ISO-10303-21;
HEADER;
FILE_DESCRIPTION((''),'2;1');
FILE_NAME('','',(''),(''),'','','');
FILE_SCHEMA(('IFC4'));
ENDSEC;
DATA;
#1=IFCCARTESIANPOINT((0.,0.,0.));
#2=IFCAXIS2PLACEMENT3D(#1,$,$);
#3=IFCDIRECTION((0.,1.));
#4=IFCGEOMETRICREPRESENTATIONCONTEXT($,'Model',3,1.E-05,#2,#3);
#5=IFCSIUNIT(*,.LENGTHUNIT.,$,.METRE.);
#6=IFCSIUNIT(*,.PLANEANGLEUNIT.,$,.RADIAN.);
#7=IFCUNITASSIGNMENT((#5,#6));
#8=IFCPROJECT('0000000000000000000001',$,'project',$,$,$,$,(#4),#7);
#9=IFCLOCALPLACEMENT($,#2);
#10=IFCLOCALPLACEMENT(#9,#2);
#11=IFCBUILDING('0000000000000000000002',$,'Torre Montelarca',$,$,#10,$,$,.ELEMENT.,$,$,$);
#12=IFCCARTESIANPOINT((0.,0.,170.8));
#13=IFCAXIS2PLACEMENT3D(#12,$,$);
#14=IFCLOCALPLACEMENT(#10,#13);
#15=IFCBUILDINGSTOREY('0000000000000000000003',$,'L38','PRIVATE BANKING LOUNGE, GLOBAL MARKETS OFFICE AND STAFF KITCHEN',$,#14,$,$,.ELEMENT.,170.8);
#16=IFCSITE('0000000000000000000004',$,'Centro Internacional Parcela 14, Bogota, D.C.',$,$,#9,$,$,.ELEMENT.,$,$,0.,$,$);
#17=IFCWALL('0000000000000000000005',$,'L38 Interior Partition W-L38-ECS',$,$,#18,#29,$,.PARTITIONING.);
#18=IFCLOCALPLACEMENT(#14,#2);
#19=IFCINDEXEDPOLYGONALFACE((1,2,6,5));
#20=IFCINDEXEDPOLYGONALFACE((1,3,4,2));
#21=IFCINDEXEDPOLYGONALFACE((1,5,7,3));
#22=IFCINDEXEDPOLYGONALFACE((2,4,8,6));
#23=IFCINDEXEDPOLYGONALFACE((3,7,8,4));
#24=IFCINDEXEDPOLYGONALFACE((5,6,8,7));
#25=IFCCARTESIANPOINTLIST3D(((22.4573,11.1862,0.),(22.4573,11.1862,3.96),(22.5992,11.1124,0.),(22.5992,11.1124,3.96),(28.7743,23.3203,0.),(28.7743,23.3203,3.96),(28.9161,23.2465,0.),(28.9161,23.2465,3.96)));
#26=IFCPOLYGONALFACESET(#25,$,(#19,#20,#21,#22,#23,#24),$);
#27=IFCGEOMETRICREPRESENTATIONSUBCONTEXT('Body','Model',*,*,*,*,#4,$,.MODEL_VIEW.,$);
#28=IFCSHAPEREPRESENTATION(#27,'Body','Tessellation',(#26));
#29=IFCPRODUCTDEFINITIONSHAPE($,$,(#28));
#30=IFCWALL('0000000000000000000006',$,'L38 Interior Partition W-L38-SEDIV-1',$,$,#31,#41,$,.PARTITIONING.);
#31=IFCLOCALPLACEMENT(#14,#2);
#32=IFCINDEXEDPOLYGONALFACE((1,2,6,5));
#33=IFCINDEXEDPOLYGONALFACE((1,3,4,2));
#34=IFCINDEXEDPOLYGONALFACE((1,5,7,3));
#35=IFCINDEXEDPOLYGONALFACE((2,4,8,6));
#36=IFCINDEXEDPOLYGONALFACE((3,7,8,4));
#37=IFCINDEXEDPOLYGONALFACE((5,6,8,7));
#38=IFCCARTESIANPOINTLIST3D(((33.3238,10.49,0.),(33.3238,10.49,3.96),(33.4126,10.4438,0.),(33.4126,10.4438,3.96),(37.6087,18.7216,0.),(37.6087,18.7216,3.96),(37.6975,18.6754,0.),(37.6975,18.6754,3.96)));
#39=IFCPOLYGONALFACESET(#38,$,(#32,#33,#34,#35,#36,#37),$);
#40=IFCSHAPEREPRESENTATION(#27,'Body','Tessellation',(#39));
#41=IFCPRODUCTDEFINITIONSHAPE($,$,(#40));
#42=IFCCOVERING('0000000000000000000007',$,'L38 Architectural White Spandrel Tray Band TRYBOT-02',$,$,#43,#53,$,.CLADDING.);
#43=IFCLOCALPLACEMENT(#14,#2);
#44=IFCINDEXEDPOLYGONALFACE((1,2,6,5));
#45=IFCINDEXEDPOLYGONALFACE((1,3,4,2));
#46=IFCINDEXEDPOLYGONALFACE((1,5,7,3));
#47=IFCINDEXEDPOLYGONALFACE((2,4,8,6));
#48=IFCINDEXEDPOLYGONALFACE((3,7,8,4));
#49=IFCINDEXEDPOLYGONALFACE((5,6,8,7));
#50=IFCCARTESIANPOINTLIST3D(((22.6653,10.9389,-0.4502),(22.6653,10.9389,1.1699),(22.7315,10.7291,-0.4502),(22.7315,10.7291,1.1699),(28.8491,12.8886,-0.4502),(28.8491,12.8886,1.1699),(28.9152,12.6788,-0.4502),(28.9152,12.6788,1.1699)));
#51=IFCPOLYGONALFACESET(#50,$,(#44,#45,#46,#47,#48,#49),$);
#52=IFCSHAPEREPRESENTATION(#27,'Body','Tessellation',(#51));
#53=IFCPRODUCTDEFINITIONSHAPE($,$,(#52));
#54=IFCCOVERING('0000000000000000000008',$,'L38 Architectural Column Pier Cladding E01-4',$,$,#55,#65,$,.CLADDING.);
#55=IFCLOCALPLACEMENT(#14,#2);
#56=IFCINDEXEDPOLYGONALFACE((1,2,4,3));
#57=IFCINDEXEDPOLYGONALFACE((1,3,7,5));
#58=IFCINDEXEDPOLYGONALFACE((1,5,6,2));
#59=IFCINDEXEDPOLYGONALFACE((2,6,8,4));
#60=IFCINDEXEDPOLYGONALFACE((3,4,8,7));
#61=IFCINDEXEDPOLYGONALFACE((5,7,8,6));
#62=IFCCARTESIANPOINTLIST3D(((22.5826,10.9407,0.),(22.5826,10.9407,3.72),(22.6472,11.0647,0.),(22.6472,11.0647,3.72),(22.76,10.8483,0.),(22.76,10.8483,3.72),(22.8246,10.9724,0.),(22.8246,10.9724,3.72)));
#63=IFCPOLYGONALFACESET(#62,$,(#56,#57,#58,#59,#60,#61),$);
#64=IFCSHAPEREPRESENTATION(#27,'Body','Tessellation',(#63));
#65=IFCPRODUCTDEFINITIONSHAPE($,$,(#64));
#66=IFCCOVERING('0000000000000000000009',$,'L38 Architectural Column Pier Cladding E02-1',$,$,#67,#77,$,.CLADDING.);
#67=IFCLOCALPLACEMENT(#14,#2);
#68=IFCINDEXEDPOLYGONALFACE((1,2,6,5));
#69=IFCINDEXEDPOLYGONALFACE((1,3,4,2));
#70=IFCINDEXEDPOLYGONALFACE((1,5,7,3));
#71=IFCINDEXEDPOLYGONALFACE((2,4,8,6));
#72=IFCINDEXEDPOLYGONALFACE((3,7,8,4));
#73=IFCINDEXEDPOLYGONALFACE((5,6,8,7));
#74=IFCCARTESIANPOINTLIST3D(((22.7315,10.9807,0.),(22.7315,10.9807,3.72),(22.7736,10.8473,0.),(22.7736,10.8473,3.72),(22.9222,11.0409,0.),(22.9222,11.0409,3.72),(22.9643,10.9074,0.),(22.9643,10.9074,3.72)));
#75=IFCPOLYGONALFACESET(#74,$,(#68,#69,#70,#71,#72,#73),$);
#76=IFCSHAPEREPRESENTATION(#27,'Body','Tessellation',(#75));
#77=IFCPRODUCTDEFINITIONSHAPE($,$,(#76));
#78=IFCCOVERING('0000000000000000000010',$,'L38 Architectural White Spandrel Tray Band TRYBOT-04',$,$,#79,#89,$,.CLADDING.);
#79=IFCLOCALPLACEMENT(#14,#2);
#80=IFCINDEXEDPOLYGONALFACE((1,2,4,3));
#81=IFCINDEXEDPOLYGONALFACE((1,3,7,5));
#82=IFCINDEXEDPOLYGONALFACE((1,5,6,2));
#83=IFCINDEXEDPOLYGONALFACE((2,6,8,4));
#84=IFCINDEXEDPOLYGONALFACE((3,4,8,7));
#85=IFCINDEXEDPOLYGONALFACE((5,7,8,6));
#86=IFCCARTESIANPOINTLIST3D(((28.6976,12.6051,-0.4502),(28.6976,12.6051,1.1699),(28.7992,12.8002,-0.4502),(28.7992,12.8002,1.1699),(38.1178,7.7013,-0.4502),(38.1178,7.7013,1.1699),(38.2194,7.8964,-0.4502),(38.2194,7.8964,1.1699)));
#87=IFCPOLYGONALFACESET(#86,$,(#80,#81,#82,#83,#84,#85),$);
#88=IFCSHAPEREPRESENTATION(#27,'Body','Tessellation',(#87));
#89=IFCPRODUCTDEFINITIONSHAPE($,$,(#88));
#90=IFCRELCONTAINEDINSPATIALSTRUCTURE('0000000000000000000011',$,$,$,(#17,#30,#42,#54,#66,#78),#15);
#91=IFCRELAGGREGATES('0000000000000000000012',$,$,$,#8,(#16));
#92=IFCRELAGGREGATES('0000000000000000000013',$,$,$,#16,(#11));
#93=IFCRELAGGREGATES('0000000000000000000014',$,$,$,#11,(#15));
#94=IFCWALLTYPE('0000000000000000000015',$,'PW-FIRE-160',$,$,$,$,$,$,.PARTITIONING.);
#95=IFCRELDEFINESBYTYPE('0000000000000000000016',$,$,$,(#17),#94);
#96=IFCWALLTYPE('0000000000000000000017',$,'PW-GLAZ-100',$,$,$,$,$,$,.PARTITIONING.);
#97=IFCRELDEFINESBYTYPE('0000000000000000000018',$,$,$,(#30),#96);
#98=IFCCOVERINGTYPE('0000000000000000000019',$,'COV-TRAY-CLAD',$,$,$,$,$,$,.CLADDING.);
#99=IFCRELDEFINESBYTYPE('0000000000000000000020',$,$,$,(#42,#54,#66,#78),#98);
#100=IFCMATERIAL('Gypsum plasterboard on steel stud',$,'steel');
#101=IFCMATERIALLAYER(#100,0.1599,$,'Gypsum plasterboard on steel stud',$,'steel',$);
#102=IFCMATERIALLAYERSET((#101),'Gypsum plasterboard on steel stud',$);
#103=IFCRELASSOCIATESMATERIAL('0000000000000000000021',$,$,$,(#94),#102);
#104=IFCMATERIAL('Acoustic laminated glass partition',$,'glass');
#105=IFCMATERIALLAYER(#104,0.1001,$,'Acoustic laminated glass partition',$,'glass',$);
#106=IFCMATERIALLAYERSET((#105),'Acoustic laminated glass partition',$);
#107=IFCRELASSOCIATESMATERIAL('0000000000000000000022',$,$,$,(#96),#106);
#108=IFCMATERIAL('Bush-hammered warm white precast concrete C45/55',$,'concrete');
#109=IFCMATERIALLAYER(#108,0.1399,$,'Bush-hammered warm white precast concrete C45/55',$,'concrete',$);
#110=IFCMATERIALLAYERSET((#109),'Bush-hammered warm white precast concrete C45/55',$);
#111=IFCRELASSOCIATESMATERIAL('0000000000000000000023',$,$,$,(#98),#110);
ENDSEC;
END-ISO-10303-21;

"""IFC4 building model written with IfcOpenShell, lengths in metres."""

from ifc_helpers import new_model, si_unit, direction, frame, frame_2d, origin, origin_2d, place, context, subcontext, project, spatial, rectangle, extrude, source, transform, mapped, material, layer, layer_set, type_object, element, save


model = new_model("IFC4")

# Units and contexts
model_context = context("Model", 3, precision=1e-05, world=origin(), true_north=direction((0.0, 1.0)))
body_context = subcontext(model_context, "Body", "Model", "MODEL_VIEW")
ifc_project = project(units=[si_unit("LENGTHUNIT", "METRE"), si_unit("PLANEANGLEUNIT", "RADIAN")], contexts=[model_context])

# Site, building, storey
site_placement = place(None, origin())
site = spatial("IfcSite", under=ifc_project, at=site_placement, Name="Centro Internacional Parcela 14, Bogota, D.C.", CompositionType="ELEMENT", RefElevation=0.0)
building_placement = place(site_placement, origin())
building = spatial("IfcBuilding", under=site, at=building_placement, Name="Torre Montelarca", CompositionType="ELEMENT")
storey_placement = place(building_placement, frame((0.0, 0.0, 170.8)))
storey = spatial("IfcBuildingStorey", under=building, at=storey_placement, Name="L38", Description="PRIVATE BANKING LOUNGE, GLOBAL MARKETS OFFICE AND STAFF KITCHEN", CompositionType="ELEMENT", Elevation=170.8)

# Walls
ifc_material_1 = material(Name="Gypsum plasterboard on steel stud", Category="steel")
ifc_layer_1 = layer(ifc_material_1, 0.1599, Name="Gypsum plasterboard on steel stud", Category="steel")
ifc_layer_set_1 = layer_set([ifc_layer_1], Name="Gypsum plasterboard on steel stud")
wall_type_1 = type_object("IfcWallType", Name="PW-FIRE-160", PredefinedType="PARTITIONING", material=ifc_layer_set_1)
wall_1_placement = place(storey_placement, frame((22.5283, 11.1494, 0.0), z_axis=(0.0, 0.0, 1.0), x_axis=(0.461767, 0.887001, 0.0)))
element("IfcWall", 1, at=wall_1_placement, inside=storey, type_object=wall_type_1, Name="L38 Interior Partition W-L38-ECS", PredefinedType="PARTITIONING", context=body_context, shape_type="SweptSolid", body=[
    extrude(rectangle(XDim=13.6799, YDim=0.1599, at=frame_2d((6.8398, 0.0))), origin(), (0.0, 0.0, 1.0), 3.96),
])
ifc_material_2 = material(Name="Acoustic laminated glass partition", Category="glass")
ifc_layer_2 = layer(ifc_material_2, 0.1001, Name="Acoustic laminated glass partition", Category="glass")
ifc_layer_set_2 = layer_set([ifc_layer_2], Name="Acoustic laminated glass partition")
wall_type_2 = type_object("IfcWallType", Name="PW-GLAZ-100", PredefinedType="PARTITIONING", material=ifc_layer_set_2)
wall_2_placement = place(storey_placement, frame((33.3682, 10.4668, 0.0), z_axis=(0.0, 0.0, 1.0), x_axis=(0.461729, 0.887021, 0.0)))
element("IfcWall", 2, at=wall_2_placement, inside=storey, type_object=wall_type_2, Name="L38 Interior Partition W-L38-SEDIV-1", PredefinedType="PARTITIONING", context=body_context, shape_type="SweptSolid", body=[
    extrude(rectangle(XDim=9.28, YDim=0.1001, at=frame_2d((4.6401, 0.0))), origin(), (0.0, 0.0, 1.0), 3.96),
])

# Coverings
ifc_material_3 = material(Name="Bush-hammered warm white precast concrete C45/55", Category="concrete")
ifc_layer_3 = layer(ifc_material_3, 0.1399, Name="Bush-hammered warm white precast concrete C45/55", Category="concrete")
ifc_layer_set_3 = layer_set([ifc_layer_3], Name="Bush-hammered warm white precast concrete C45/55")
covering_type = type_object("IfcCoveringType", Name="COV-TRAY-CLAD", PredefinedType="CLADDING", material=ifc_layer_set_3)
shared_shape_1 = source(origin(), body_context, "Body", "SweptSolid", [
    extrude(rectangle(XDim=6.4839, YDim=0.22, at=origin_2d()), origin(), (0.0, 0.0, 1.0), 1.6201),
])
covering_1_placement = place(storey_placement, frame((25.7903, 11.8088, -0.4502), z_axis=(0.0, 0.0, 1.0), x_axis=(0.953716, 0.300709, 0.0)))
element("IfcCovering", 3, at=covering_1_placement, inside=storey, type_object=covering_type, Name="L38 Architectural White Spandrel Tray Band TRYBOT-02", PredefinedType="CLADDING", context=body_context, shape_type="MappedRepresentation", body=[
    mapped(shared_shape_1, transform((0.0, 0.0, 0.0), scale=1.0)),
])
shared_shape_2 = source(origin(), body_context, "Body", "SweptSolid", [
    extrude(rectangle(XDim=0.2, YDim=0.1399, at=origin_2d()), origin(), (0.0, 0.0, 1.0), 3.72),
])
for number, where, z_axis, x_axis, name in (
    (4, (22.7036, 10.9565, 0.0), (0.0, 0.0, 1.0), (0.887011, -0.461749, 0.0), "L38 Architectural Column Pier Cladding E01-4"),
    (5, (22.8479, 10.9441, 0.0), (0.0, 0.0, 1.0), (0.953716, 0.300709, 0.0), "L38 Architectural Column Pier Cladding E02-1"),
):
    element("IfcCovering", number, at=place(storey_placement, frame(where, z_axis=z_axis, x_axis=x_axis)), inside=storey, type_object=covering_type, Name=name, PredefinedType="CLADDING", context=body_context, shape_type="MappedRepresentation", body=[
        mapped(shared_shape_2, transform((0.0, 0.0, 0.0), scale=1.0)),
    ])
shared_shape_3 = source(origin(), body_context, "Body", "SweptSolid", [
    extrude(rectangle(XDim=10.6201, YDim=0.22, at=origin_2d()), origin(), (0.0, 0.0, 1.0), 1.6201),
])
covering_2_placement = place(storey_placement, frame((33.4585, 10.2507, -0.4502), z_axis=(0.0, 0.0, 1.0), x_axis=(0.887013, -0.461744, 0.0)))
element("IfcCovering", 6, at=covering_2_placement, inside=storey, type_object=covering_type, Name="L38 Architectural White Spandrel Tray Band TRYBOT-04", PredefinedType="CLADDING", context=body_context, shape_type="MappedRepresentation", body=[
    mapped(shared_shape_3, transform((0.0, 0.0, 0.0), scale=1.0)),
])

save(model, "model.ifc")
